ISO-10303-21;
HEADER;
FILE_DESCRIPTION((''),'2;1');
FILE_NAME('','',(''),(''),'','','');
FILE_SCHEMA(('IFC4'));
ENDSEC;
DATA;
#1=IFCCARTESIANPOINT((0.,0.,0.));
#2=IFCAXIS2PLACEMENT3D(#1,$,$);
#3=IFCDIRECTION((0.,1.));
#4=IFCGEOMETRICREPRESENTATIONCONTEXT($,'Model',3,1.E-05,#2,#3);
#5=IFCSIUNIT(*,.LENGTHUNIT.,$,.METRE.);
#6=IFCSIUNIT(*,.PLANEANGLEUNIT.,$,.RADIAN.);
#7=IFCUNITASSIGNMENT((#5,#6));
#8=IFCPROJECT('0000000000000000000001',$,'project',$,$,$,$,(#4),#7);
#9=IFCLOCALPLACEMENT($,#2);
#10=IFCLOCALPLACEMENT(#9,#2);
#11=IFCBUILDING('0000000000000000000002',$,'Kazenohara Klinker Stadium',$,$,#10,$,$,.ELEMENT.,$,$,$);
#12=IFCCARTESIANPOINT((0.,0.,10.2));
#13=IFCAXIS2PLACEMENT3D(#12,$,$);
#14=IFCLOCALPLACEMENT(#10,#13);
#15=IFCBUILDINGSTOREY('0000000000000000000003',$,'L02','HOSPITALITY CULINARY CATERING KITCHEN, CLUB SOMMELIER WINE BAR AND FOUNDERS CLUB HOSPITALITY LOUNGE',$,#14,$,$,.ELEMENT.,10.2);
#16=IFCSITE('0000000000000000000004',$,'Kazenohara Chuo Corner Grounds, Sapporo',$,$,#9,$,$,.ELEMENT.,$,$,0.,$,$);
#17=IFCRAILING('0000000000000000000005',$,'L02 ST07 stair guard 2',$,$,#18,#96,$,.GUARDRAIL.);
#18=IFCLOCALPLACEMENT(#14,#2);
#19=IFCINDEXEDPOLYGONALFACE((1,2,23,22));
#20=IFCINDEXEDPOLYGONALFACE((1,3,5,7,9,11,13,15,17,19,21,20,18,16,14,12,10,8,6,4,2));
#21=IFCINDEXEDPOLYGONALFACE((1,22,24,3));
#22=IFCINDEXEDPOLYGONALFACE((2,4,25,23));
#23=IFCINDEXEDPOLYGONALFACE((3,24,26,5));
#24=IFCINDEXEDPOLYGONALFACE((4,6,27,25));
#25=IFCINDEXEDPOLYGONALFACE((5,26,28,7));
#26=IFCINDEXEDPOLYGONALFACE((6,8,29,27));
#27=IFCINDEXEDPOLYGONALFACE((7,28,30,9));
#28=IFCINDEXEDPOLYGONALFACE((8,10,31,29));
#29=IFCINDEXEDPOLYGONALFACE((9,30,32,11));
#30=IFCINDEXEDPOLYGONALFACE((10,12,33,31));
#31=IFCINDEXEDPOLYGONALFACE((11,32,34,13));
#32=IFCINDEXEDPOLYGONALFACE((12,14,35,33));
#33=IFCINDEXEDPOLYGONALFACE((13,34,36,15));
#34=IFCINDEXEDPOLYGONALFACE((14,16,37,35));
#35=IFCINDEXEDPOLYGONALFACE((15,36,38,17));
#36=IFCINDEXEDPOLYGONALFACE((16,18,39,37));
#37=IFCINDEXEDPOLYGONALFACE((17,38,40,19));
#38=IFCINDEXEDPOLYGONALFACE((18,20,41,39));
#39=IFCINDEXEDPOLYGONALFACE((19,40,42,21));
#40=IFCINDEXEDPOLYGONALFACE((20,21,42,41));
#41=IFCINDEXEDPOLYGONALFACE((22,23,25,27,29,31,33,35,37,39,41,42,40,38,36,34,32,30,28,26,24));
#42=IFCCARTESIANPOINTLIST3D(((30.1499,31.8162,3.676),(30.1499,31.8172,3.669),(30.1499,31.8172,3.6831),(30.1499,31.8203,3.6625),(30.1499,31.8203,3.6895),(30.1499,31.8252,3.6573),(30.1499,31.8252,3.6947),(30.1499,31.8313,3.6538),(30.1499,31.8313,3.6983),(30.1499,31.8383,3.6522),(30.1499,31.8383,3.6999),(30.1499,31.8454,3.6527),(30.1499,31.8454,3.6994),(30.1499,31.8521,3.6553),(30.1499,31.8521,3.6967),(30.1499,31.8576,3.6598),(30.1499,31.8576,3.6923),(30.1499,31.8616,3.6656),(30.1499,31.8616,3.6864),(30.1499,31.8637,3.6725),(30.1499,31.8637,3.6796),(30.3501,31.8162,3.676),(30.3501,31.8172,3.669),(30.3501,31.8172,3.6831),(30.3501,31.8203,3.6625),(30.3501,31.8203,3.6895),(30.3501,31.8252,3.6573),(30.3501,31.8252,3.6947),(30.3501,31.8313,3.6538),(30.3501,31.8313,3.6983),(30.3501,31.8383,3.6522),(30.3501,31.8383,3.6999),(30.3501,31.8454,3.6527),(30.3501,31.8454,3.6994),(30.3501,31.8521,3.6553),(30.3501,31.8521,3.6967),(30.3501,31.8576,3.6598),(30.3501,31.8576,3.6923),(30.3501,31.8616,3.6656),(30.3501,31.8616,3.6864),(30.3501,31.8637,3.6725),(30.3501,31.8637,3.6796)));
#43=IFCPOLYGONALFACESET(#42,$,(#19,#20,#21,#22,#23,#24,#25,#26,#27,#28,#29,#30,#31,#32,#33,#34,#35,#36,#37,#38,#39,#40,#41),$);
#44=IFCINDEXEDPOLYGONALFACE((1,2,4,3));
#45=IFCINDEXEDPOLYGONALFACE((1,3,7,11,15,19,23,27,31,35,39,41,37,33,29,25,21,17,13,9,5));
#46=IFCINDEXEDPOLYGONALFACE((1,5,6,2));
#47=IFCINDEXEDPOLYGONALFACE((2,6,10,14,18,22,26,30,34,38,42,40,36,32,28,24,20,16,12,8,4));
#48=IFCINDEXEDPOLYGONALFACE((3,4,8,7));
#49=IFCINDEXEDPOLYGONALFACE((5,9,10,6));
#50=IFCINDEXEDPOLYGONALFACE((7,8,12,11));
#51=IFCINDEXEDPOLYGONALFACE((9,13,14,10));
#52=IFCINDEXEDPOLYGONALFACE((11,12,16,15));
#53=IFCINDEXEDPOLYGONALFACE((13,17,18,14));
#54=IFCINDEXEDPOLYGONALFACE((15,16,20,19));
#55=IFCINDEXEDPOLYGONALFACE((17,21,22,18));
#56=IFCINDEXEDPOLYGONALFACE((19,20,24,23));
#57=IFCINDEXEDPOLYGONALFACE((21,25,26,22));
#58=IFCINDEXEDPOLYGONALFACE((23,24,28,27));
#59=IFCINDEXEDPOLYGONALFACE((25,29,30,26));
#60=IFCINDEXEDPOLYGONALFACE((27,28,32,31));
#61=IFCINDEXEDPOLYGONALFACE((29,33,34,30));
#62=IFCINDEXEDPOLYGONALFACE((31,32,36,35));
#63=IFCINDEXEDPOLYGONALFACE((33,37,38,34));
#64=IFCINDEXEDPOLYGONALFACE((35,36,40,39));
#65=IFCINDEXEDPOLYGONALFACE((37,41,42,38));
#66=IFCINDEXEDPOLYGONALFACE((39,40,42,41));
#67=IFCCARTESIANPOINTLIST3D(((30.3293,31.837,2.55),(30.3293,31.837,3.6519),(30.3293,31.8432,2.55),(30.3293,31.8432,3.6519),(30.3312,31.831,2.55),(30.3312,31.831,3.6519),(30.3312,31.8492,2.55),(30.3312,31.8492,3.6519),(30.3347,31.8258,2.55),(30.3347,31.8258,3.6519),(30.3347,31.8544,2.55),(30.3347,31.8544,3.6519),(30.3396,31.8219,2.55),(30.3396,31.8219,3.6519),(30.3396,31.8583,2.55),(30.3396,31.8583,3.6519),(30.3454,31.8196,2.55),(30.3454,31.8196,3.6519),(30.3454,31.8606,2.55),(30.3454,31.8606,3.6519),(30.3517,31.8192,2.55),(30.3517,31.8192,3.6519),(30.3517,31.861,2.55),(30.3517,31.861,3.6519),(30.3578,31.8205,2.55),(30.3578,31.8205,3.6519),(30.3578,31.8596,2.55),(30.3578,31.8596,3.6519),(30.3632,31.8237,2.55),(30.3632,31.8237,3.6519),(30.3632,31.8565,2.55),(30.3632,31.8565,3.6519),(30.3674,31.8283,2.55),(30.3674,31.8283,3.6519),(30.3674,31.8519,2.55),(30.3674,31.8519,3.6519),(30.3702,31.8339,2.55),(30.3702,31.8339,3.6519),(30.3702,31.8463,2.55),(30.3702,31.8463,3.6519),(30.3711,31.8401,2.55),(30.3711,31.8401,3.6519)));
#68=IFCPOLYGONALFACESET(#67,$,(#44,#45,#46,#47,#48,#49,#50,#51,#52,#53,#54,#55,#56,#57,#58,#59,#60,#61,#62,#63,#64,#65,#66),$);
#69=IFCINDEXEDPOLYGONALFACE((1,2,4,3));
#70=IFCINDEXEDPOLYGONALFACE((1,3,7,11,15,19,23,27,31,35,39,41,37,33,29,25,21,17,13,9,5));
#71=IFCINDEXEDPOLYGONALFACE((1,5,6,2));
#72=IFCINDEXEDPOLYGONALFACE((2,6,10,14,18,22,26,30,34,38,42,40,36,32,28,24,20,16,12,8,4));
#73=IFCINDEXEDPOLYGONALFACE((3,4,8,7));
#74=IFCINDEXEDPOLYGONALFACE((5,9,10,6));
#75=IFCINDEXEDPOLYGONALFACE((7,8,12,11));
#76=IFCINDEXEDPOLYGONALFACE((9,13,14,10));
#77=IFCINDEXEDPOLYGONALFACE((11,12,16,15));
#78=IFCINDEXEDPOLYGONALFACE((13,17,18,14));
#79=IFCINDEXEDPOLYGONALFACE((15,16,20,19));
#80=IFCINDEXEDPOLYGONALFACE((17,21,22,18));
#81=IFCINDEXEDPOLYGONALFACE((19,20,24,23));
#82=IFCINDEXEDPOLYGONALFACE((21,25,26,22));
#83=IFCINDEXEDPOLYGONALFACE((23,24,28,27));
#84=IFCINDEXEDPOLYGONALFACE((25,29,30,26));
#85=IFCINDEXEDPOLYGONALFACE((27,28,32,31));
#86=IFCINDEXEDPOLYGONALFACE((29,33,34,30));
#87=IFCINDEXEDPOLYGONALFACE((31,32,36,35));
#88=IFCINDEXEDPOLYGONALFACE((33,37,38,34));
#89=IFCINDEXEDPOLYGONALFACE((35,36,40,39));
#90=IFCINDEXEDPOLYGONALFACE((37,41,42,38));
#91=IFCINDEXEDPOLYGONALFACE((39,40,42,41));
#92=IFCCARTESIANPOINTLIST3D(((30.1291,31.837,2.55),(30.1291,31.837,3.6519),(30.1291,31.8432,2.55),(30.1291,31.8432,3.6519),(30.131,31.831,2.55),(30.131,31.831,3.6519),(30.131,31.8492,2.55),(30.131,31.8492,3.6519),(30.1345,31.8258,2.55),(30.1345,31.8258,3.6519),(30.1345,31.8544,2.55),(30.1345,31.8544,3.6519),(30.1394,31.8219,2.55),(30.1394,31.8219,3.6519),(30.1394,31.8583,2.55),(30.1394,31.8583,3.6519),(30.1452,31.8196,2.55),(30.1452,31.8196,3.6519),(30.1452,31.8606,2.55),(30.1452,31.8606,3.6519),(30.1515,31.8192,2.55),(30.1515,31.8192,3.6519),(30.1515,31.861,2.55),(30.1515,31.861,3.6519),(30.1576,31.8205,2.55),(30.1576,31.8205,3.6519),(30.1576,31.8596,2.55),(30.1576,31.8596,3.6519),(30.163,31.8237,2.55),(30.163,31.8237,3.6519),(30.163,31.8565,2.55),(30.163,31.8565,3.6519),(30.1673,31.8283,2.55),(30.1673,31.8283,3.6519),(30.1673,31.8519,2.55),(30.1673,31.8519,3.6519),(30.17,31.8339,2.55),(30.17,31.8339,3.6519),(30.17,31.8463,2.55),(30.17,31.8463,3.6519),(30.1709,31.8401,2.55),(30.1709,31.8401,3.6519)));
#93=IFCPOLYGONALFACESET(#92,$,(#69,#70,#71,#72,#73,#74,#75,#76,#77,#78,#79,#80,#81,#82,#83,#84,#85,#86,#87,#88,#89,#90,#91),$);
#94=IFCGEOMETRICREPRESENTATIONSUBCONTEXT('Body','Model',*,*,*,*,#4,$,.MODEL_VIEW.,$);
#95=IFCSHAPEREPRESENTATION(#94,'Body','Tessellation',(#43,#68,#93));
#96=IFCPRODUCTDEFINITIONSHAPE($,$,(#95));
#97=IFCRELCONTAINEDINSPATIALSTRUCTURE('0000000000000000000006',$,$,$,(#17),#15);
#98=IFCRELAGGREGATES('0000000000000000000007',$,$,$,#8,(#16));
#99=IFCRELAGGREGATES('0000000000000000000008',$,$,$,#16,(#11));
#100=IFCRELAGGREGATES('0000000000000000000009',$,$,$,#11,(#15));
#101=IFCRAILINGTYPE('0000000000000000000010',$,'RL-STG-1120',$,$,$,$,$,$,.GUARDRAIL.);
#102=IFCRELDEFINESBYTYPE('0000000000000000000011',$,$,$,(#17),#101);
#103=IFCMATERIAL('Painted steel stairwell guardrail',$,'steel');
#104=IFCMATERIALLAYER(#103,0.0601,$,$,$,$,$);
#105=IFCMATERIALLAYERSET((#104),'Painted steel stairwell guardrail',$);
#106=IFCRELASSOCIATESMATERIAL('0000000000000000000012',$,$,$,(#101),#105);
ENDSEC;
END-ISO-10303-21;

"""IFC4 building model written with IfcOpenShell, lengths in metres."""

from ifc_helpers import new_model, si_unit, direction, frame, origin, origin_2d, place, context, subcontext, project, spatial, circle, extrude, material, layer, layer_set, type_object, element, save


model = new_model("IFC4")

# Units and contexts
model_context = context("Model", 3, precision=1e-05, world=origin(), true_north=direction((0.0, 1.0)))
body_context = subcontext(model_context, "Body", "Model", "MODEL_VIEW")
ifc_project = project(units=[si_unit("LENGTHUNIT", "METRE"), si_unit("PLANEANGLEUNIT", "RADIAN")], contexts=[model_context])

# Site, building, storey
site_placement = place(None, origin())
site = spatial("IfcSite", under=ifc_project, at=site_placement, Name="Kazenohara Chuo Corner Grounds, Sapporo", CompositionType="ELEMENT", RefElevation=0.0)
building_placement = place(site_placement, origin())
building = spatial("IfcBuilding", under=site, at=building_placement, Name="Kazenohara Klinker Stadium", CompositionType="ELEMENT")
storey_placement = place(building_placement, frame((0.0, 0.0, 10.2)))
storey = spatial("IfcBuildingStorey", under=building, at=storey_placement, Name="L02", Description="HOSPITALITY CULINARY CATERING KITCHEN, CLUB SOMMELIER WINE BAR AND FOUNDERS CLUB HOSPITALITY LOUNGE", CompositionType="ELEMENT", Elevation=10.2)

# Railing
ifc_material_1 = material(Name="Painted steel stairwell guardrail", Category="steel")
ifc_layer_1 = layer(ifc_material_1, 0.0601)
ifc_layer_set_1 = layer_set([ifc_layer_1], Name="Painted steel stairwell guardrail")
railing_type_1 = type_object("IfcRailingType", Name="RL-STG-1120", PredefinedType="GUARDRAIL", material=ifc_layer_set_1)
railing_1_placement = place(storey_placement, frame((30.3501, 31.8401, 2.55)))
element("IfcRailing", 1, at=railing_1_placement, inside=storey, type_object=railing_type_1, Name="L02 ST07 stair guard 2", PredefinedType="GUARDRAIL", context=body_context, shape_type="SweptSolid", body=[
    extrude(circle(Radius=0.0239, at=origin_2d()), frame((0.0, 0.0, 1.126), z_axis=(-1.0, 0.0, 0.0), x_axis=(0.0, -1.0, 0.0)), (0.0, 0.0, 1.0), 0.2002),
    extrude(circle(Radius=0.021, at=origin_2d()), origin(), (0.0, 0.0, 1.0), 1.1018),
    extrude(circle(Radius=0.021, at=origin_2d()), frame((-0.2002, 0.0, 0.0)), (0.0, 0.0, 1.0), 1.1018),
])

save(model, "model.ifc")
